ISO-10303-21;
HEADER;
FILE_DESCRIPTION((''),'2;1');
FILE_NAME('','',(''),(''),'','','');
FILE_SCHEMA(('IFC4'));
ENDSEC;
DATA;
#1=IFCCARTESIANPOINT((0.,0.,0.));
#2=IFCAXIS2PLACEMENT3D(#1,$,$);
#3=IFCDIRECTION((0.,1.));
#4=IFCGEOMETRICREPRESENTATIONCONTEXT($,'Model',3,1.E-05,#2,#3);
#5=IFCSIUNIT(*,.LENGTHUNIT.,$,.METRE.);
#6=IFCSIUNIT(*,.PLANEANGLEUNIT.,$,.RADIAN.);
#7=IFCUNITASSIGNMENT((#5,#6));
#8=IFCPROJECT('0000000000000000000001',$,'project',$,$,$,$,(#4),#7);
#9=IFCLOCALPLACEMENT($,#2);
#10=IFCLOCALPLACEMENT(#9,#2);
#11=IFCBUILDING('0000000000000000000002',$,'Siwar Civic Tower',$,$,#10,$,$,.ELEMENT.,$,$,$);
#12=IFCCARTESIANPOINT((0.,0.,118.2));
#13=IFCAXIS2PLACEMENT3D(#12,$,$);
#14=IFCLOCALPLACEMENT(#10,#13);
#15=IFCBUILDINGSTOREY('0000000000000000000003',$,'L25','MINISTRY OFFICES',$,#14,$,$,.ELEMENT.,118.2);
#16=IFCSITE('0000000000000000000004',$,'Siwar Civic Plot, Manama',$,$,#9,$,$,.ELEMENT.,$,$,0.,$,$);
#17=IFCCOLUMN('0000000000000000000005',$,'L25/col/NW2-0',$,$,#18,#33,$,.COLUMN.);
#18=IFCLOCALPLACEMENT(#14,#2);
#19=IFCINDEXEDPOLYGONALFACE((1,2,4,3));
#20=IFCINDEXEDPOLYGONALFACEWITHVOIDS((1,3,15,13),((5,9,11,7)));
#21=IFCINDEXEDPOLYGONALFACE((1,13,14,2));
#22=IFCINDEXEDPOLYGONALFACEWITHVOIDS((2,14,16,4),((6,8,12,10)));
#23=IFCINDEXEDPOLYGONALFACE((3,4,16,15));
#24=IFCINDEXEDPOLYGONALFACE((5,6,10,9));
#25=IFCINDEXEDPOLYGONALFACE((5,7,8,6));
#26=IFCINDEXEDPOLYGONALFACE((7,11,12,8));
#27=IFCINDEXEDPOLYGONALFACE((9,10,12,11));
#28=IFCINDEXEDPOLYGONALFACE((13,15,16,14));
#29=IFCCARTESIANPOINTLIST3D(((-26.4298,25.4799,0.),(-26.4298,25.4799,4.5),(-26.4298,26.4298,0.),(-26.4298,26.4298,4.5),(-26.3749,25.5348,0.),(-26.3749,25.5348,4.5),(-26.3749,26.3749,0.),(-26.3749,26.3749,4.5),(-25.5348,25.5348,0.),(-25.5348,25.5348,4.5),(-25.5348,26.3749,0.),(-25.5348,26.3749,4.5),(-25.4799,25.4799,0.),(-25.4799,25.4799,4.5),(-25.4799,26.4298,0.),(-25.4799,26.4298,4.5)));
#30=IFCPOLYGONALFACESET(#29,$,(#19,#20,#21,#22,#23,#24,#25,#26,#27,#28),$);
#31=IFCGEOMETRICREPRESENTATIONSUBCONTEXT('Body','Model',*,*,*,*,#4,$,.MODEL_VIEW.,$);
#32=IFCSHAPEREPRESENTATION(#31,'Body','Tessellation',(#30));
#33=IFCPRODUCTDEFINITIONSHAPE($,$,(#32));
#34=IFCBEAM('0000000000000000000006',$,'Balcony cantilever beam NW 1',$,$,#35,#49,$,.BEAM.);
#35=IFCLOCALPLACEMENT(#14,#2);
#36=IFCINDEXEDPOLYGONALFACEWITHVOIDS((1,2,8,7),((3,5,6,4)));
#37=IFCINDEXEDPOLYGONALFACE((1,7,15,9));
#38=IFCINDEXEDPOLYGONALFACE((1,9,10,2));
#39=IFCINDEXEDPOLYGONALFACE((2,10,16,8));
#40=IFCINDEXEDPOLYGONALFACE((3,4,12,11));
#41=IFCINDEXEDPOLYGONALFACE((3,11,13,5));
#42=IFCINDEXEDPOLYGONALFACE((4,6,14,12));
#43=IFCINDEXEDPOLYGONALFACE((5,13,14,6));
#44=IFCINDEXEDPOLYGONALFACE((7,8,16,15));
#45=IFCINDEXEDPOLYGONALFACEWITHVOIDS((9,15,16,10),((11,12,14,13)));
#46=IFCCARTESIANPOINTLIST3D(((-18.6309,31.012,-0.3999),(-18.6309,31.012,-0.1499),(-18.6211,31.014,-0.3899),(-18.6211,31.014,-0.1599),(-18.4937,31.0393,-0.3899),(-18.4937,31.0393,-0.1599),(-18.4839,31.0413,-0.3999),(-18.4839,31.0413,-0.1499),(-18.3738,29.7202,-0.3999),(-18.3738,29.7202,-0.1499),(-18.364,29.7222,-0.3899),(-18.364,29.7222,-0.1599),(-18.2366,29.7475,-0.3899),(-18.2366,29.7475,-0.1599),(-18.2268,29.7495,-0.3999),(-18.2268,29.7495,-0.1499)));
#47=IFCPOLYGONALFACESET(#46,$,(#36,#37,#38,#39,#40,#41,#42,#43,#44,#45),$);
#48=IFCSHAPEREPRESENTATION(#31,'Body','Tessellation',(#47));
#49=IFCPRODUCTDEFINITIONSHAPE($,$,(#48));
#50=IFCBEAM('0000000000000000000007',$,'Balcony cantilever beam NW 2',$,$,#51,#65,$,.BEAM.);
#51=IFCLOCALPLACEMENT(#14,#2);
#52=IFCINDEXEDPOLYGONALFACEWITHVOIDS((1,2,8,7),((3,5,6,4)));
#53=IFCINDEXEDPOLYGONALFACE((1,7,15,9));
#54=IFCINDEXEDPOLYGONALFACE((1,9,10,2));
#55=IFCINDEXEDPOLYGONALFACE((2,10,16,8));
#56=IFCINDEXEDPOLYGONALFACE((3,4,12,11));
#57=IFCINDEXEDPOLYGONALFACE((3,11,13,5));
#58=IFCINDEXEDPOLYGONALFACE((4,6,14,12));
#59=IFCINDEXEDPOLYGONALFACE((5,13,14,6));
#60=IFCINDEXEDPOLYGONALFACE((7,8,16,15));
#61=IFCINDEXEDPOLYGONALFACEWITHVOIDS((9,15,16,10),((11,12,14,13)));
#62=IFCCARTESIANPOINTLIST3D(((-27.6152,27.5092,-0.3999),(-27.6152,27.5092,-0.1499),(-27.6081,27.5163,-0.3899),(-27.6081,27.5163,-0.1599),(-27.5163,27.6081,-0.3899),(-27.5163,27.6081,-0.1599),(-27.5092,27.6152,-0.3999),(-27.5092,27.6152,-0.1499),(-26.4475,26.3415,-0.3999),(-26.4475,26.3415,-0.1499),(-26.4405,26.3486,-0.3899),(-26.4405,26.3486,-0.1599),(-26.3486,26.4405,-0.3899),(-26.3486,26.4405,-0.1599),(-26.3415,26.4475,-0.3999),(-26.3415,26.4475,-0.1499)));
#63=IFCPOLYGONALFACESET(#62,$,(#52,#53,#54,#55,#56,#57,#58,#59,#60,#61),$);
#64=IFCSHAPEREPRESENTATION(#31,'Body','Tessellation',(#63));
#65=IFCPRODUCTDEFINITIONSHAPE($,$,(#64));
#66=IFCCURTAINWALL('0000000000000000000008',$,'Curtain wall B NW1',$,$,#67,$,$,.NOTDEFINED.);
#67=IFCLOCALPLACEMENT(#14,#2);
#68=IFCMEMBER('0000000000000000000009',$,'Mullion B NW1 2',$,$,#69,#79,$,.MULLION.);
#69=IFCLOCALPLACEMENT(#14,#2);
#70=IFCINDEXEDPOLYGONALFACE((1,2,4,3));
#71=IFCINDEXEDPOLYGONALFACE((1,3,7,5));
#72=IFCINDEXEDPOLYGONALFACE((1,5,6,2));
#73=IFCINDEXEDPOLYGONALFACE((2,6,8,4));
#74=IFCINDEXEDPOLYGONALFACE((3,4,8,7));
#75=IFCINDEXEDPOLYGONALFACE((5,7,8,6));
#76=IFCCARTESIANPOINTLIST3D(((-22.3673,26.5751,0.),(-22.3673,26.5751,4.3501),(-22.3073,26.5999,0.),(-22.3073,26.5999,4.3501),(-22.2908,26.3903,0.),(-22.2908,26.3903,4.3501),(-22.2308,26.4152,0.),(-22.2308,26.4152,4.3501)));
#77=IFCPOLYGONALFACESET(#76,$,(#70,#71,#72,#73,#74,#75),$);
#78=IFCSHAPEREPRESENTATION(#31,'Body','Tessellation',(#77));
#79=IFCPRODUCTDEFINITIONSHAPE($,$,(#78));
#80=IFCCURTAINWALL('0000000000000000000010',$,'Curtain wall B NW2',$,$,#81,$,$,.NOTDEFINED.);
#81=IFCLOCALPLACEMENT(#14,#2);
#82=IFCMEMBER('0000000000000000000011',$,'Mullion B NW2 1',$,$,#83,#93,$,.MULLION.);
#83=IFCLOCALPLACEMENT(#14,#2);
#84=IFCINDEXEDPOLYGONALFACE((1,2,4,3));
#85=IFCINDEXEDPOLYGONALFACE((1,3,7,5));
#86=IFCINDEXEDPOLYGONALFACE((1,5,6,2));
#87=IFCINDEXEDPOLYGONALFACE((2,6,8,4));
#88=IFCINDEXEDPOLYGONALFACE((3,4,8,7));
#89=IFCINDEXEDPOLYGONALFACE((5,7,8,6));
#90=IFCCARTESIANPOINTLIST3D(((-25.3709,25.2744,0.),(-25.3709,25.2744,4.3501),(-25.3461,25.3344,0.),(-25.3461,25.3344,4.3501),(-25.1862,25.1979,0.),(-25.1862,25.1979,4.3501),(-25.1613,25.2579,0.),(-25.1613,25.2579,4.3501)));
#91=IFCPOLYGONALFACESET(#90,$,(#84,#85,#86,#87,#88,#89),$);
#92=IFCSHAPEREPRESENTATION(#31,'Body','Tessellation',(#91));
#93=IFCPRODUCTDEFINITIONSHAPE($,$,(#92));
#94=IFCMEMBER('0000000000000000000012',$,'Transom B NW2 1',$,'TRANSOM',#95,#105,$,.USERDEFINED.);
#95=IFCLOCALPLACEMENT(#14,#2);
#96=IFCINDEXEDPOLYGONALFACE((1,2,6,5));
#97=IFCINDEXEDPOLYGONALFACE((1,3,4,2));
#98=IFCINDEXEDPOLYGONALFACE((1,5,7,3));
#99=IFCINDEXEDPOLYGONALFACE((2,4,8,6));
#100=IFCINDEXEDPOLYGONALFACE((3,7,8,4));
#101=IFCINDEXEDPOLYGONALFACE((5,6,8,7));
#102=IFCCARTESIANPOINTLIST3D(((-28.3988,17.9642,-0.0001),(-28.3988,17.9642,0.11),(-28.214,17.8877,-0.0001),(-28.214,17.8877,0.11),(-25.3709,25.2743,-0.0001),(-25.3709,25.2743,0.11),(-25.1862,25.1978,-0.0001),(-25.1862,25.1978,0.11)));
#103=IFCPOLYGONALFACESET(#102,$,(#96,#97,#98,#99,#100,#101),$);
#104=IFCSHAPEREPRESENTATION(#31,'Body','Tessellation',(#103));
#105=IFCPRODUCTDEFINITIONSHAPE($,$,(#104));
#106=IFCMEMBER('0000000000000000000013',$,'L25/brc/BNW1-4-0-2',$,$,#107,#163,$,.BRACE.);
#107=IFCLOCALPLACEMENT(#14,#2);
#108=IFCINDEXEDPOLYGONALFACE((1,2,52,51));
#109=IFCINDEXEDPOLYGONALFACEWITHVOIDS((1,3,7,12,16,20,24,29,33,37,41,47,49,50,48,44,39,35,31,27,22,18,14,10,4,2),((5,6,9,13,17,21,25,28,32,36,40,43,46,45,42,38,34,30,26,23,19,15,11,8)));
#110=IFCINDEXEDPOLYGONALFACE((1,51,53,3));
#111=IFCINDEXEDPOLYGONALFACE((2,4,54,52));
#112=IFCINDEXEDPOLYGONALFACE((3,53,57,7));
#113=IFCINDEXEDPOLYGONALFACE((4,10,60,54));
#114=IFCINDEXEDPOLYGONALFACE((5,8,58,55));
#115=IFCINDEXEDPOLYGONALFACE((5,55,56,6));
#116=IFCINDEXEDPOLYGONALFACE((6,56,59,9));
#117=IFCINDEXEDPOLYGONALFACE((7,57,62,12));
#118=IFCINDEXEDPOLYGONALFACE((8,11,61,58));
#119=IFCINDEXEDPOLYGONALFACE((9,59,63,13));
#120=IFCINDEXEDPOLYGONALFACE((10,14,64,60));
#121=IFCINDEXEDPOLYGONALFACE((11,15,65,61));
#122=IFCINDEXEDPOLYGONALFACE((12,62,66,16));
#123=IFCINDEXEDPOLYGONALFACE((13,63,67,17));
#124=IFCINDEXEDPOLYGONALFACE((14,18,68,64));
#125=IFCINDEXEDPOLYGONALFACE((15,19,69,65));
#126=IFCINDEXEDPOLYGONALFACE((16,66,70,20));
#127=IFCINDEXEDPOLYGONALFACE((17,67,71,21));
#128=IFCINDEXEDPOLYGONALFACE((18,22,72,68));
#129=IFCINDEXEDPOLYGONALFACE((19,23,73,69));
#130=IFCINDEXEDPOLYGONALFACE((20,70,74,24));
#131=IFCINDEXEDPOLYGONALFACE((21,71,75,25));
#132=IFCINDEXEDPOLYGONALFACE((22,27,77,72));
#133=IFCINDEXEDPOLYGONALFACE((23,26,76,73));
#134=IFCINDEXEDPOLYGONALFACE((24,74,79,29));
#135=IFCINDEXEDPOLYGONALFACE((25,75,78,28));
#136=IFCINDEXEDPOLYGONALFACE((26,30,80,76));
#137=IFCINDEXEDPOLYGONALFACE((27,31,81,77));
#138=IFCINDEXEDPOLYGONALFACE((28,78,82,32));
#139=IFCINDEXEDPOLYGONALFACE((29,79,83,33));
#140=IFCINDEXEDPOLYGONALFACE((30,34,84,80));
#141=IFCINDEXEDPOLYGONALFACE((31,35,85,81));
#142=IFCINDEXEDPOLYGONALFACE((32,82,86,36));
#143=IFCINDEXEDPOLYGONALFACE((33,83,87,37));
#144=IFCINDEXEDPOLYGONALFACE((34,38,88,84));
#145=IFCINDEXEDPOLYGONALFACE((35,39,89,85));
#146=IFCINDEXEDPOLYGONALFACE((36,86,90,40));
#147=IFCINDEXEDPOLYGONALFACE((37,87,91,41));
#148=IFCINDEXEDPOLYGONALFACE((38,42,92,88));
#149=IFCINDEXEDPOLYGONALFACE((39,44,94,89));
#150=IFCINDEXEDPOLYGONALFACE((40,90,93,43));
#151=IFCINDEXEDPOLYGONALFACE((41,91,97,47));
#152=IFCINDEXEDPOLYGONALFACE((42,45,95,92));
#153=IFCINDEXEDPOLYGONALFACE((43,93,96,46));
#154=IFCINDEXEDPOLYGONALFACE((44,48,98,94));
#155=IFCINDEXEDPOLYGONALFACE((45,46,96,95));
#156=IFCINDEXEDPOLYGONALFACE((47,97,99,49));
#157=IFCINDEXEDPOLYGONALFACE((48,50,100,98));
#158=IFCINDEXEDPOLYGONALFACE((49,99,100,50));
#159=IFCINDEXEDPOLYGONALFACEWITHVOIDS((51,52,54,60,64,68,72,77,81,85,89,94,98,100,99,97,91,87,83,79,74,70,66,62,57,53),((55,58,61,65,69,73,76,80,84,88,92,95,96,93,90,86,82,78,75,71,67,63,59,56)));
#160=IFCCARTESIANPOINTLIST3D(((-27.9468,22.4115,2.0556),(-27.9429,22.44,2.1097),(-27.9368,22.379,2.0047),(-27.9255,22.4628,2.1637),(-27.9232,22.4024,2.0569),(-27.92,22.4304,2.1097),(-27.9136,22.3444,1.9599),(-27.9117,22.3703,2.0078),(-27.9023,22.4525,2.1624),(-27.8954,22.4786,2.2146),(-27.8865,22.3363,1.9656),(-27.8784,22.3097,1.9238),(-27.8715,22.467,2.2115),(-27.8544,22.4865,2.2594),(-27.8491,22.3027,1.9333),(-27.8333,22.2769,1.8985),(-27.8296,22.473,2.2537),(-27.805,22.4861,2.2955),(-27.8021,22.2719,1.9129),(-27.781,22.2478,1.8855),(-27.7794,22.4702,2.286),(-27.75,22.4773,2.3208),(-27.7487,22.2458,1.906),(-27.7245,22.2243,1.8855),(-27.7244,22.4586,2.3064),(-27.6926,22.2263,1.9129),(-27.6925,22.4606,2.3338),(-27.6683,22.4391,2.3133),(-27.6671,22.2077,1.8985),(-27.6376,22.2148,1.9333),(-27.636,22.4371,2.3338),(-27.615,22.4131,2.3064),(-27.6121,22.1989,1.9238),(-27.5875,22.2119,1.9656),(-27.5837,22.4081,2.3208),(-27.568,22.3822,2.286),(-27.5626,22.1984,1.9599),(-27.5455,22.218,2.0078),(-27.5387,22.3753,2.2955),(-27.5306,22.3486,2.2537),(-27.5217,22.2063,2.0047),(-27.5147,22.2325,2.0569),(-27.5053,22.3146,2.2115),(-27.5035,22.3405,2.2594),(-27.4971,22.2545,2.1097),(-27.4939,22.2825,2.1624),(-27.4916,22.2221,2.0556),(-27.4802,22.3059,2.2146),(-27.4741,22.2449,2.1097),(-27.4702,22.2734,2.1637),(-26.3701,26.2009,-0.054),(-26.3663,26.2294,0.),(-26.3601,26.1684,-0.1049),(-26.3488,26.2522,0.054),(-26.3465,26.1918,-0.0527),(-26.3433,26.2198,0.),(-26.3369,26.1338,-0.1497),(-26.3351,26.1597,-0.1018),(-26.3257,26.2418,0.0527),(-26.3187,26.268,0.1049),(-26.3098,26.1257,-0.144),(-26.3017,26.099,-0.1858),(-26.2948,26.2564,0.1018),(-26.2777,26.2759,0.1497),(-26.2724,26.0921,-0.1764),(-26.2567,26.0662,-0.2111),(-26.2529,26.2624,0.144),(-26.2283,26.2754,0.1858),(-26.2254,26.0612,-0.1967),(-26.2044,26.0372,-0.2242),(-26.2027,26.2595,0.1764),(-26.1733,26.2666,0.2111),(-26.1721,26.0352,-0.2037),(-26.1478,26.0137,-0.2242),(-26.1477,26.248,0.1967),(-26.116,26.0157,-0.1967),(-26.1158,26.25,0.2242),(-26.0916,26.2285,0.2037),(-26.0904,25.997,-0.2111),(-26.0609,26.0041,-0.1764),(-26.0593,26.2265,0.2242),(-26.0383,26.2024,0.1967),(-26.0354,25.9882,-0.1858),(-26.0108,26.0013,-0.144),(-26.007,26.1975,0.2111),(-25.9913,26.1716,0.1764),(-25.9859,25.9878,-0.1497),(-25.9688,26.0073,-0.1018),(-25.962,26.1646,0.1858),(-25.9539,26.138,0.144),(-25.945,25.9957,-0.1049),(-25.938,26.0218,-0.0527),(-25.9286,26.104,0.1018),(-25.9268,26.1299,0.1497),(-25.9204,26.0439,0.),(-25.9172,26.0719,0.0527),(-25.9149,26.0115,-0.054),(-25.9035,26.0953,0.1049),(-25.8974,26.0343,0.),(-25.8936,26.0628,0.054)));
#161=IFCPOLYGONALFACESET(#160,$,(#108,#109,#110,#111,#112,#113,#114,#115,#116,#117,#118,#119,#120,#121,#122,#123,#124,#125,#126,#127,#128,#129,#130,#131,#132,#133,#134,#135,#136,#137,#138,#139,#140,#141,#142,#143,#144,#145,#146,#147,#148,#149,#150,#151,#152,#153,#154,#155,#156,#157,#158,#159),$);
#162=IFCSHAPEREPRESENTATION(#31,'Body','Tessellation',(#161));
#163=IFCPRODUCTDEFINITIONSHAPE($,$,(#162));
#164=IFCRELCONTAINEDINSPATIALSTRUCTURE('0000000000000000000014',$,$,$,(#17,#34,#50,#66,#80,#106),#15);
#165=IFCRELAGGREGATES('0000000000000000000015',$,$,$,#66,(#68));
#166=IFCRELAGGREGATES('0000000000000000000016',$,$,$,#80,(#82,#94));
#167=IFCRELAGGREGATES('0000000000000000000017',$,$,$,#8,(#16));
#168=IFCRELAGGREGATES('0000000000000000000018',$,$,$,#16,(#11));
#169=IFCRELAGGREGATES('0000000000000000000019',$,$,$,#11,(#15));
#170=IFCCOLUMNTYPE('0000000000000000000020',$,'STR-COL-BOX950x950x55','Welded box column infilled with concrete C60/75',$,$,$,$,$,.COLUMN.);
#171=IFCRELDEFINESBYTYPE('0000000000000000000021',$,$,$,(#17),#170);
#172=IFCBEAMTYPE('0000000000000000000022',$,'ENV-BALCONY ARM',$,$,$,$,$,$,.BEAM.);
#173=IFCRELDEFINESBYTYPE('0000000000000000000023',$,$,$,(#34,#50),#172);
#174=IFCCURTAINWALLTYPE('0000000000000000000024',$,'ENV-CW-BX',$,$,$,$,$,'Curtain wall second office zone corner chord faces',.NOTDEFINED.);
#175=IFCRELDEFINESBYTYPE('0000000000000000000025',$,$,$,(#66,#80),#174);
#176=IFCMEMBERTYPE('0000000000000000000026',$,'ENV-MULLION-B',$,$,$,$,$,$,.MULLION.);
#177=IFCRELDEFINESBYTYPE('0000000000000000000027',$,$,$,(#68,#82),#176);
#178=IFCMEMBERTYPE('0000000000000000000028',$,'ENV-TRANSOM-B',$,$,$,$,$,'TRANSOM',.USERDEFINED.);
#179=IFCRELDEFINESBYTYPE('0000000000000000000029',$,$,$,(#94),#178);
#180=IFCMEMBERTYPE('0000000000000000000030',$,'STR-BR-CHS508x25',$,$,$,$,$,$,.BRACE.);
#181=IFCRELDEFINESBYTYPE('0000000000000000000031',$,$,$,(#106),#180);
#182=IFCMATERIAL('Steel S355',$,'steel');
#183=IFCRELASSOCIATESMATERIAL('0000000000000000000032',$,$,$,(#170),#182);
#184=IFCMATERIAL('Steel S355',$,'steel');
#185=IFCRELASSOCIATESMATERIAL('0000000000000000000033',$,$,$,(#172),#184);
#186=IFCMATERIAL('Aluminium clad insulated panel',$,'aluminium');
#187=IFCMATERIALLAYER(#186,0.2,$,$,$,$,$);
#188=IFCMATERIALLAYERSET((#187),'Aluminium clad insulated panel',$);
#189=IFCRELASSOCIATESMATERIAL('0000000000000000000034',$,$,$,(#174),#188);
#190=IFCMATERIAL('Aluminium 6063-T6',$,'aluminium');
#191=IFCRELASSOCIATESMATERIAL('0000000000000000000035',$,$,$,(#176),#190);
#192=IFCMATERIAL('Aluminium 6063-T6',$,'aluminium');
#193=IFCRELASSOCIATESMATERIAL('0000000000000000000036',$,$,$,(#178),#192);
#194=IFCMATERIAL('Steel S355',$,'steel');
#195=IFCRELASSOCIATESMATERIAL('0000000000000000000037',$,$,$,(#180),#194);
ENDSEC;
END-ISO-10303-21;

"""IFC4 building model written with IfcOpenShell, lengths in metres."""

from ifc_helpers import new_model, si_unit, direction, frame, origin, origin_2d, place, context, subcontext, project, spatial, rectangle, hollow_rectangle, hollow_circle, extrude, material, layer, layer_set, material_profile, profile_set, type_object, element, aggregate, save


model = new_model("IFC4")

# Units and contexts
model_context = context("Model", 3, precision=1e-05, world=origin(), true_north=direction((0.0, 1.0)))
body_context = subcontext(model_context, "Body", "Model", "MODEL_VIEW")
ifc_project = project(units=[si_unit("LENGTHUNIT", "METRE"), si_unit("PLANEANGLEUNIT", "RADIAN")], contexts=[model_context])

# Site, building, storey
site_placement = place(None, origin())
site = spatial("IfcSite", under=ifc_project, at=site_placement, Name="Siwar Civic Plot, Manama", CompositionType="ELEMENT", RefElevation=0.0)
building_placement = place(site_placement, origin())
building = spatial("IfcBuilding", under=site, at=building_placement, Name="Siwar Civic Tower", CompositionType="ELEMENT")
storey_placement = place(building_placement, frame((0.0, 0.0, 118.2)))
storey = spatial("IfcBuildingStorey", under=building, at=storey_placement, Name="L25", Description="MINISTRY OFFICES", CompositionType="ELEMENT", Elevation=118.2)

# Column
ifc_material_1 = material(Name="Steel S355", Category="steel")
ifc_material_profile_1 = material_profile(ifc_material_1, hollow_rectangle(XDim=0.95, YDim=0.95, WallThickness=0.0549, at=origin_2d()), Name="BOX950x950x55")
ifc_profile_set_1 = profile_set([ifc_material_profile_1], Name="Steel S355")
column_type = type_object("IfcColumnType", Name="STR-COL-BOX950x950x55", Description="Welded box column infilled with concrete C60/75", PredefinedType="COLUMN", material=ifc_profile_set_1)
column_placement = place(storey_placement, frame((-25.9548, 25.9548, 0.0), z_axis=(0.0, 0.0, 1.0), x_axis=(1.0, 0.0, 0.0)))
element("IfcColumn", 1, at=column_placement, inside=storey, type_object=column_type, Name="L25/col/NW2-0", PredefinedType="COLUMN", context=body_context, shape_type="SweptSolid", body=[
    extrude(hollow_rectangle(XDim=0.95, YDim=0.95, WallThickness=0.0549, at=origin_2d()), origin(), (0.0, 0.0, 1.0), 4.5),
])

# Beams
ifc_material_2 = material(Name="Steel S355", Category="steel")
ifc_material_profile_2 = material_profile(ifc_material_2, hollow_rectangle(XDim=0.1499, YDim=0.25, WallThickness=0.01, at=origin_2d()), Name="RHS250x150x10")
ifc_profile_set_2 = profile_set([ifc_material_profile_2], Name="Steel S355")
beam_type_1 = type_object("IfcBeamType", Name="ENV-BALCONY ARM", PredefinedType="BEAM", material=ifc_profile_set_2)
beam_1_placement = place(storey_placement, frame((-18.3003, 29.7349, -0.2749), z_axis=(-0.195189, 0.980766, 0.0), x_axis=(-0.980766, -0.195189, 0.0)))
element("IfcBeam", 2, at=beam_1_placement, inside=storey, type_object=beam_type_1, Name="Balcony cantilever beam NW 1", PredefinedType="BEAM", context=body_context, shape_type="SweptSolid", body=[
    extrude(hollow_rectangle(XDim=0.1499, YDim=0.25, WallThickness=0.01, at=origin_2d()), origin(), (0.0, 0.0, 1.0), 1.3171),
])
beam_2_placement = place(storey_placement, frame((-26.3945, 26.3945, -0.2749), z_axis=(-0.707107, 0.707107, 0.0), x_axis=(-0.707107, -0.707107, 0.0)))
element("IfcBeam", 3, at=beam_2_placement, inside=storey, type_object=beam_type_1, Name="Balcony cantilever beam NW 2", PredefinedType="BEAM", context=body_context, shape_type="SweptSolid", body=[
    extrude(hollow_rectangle(XDim=0.1499, YDim=0.25, WallThickness=0.01, at=origin_2d()), origin(), (0.0, 0.0, 1.0), 1.6514),
])

# Curtain wall, member
ifc_material_3 = material(Name="Aluminium clad insulated panel", Category="aluminium")
ifc_layer_1 = layer(ifc_material_3, 0.2)
ifc_layer_set_1 = layer_set([ifc_layer_1], Name="Aluminium clad insulated panel")
curtain_wall_type = type_object("IfcCurtainWallType", Name="ENV-CW-BX", ElementType="Curtain wall second office zone corner chord faces", PredefinedType="NOTDEFINED", material=ifc_layer_set_1)
curtain_wall_1_placement = place(storey_placement, origin())
curtain_wall_1 = element("IfcCurtainWall", 4, at=curtain_wall_1_placement, inside=storey, type_object=curtain_wall_type, Name="Curtain wall B NW1", PredefinedType="NOTDEFINED")
ifc_material_4 = material(Name="Aluminium 6063-T6", Category="aluminium")
ifc_material_profile_3 = material_profile(ifc_material_4, rectangle(XDim=0.2, YDim=0.0649, at=origin_2d()), Name="AL 200x65")
ifc_profile_set_3 = profile_set([ifc_material_profile_3], Name="Aluminium 6063-T6")
member_type_1 = type_object("IfcMemberType", Name="ENV-MULLION-B", PredefinedType="MULLION", material=ifc_profile_set_3)
member_1_placement = place(storey_placement, frame((-22.2991, 26.4951, 0.0), z_axis=(0.0, 0.0, 1.0), x_axis=(0.382683, -0.92388, 0.0)))
member_1 = element("IfcMember", 5, at=member_1_placement, type_object=member_type_1, Name="Mullion B NW1 2", PredefinedType="MULLION", context=body_context, shape_type="SweptSolid", body=[
    extrude(rectangle(XDim=0.2, YDim=0.0649, at=origin_2d()), origin(), (0.0, 0.0, 1.0), 4.3501),
])

# Curtain wall, members
curtain_wall_2_placement = place(storey_placement, origin())
curtain_wall_2 = element("IfcCurtainWall", 6, at=curtain_wall_2_placement, inside=storey, type_object=curtain_wall_type, Name="Curtain wall B NW2", PredefinedType="NOTDEFINED")
member_2_placement = place(storey_placement, frame((-25.2661, 25.2661, 0.0), z_axis=(0.0, 0.0, 1.0), x_axis=(0.92388, -0.382683, 0.0)))
member_2 = element("IfcMember", 7, at=member_2_placement, type_object=member_type_1, Name="Mullion B NW2 1", PredefinedType="MULLION", context=body_context, shape_type="SweptSolid", body=[
    extrude(rectangle(XDim=0.2, YDim=0.0649, at=origin_2d()), origin(), (0.0, 0.0, 1.0), 4.3501),
])
ifc_material_5 = material(Name="Aluminium 6063-T6", Category="aluminium")
ifc_material_profile_4 = material_profile(ifc_material_5, rectangle(XDim=0.2, YDim=0.1101, at=origin_2d()), Name="AL 200x110")
ifc_profile_set_4 = profile_set([ifc_material_profile_4], Name="Aluminium 6063-T6")
member_type_2 = type_object("IfcMemberType", Name="ENV-TRANSOM-B", ElementType="TRANSOM", PredefinedType="USERDEFINED", material=ifc_profile_set_4)
member_3_placement = place(storey_placement, frame((-25.2786, 25.2361, 0.0549), z_axis=(-0.382673, -0.923884, 0.0), x_axis=(0.923884, -0.382673, 0.0)))
member_3 = element("IfcMember", 8, at=member_3_placement, type_object=member_type_2, Name="Transom B NW2 1", ObjectType="TRANSOM", PredefinedType="USERDEFINED", context=body_context, shape_type="SweptSolid", body=[
    extrude(rectangle(XDim=0.2, YDim=0.1101, at=origin_2d()), origin(), (0.0, 0.0, 1.0), 7.9124),
])

# Member
ifc_material_6 = material(Name="Steel S355", Category="steel")
ifc_material_profile_5 = material_profile(ifc_material_6, hollow_circle(Radius=0.2539, WallThickness=0.0249, at=origin_2d()), Name="CHS508x25")
ifc_profile_set_5 = profile_set([ifc_material_profile_5], Name="Steel S355")
member_type_3 = type_object("IfcMemberType", Name="STR-BR-CHS508x25", PredefinedType="BRACE", material=ifc_profile_set_5)
member_4_placement = place(storey_placement, frame((-26.1318, 26.1318, 0.0), z_axis=(-0.341662, -0.821143, 0.457155), x_axis=(0.923269, -0.384155, 0.0)))
element("IfcMember", 9, at=member_4_placement, inside=storey, type_object=member_type_3, Name="L25/brc/BNW1-4-0-2", PredefinedType="BRACE", context=body_context, shape_type="SweptSolid", body=[
    extrude(hollow_circle(Radius=0.2539, WallThickness=0.0249, at=origin_2d()), origin(), (0.0, 0.0, 1.0), 4.6147),
])

aggregate(curtain_wall_1, [member_1])
aggregate(curtain_wall_2, [member_2, member_3])

save(model, "model.ifc")
